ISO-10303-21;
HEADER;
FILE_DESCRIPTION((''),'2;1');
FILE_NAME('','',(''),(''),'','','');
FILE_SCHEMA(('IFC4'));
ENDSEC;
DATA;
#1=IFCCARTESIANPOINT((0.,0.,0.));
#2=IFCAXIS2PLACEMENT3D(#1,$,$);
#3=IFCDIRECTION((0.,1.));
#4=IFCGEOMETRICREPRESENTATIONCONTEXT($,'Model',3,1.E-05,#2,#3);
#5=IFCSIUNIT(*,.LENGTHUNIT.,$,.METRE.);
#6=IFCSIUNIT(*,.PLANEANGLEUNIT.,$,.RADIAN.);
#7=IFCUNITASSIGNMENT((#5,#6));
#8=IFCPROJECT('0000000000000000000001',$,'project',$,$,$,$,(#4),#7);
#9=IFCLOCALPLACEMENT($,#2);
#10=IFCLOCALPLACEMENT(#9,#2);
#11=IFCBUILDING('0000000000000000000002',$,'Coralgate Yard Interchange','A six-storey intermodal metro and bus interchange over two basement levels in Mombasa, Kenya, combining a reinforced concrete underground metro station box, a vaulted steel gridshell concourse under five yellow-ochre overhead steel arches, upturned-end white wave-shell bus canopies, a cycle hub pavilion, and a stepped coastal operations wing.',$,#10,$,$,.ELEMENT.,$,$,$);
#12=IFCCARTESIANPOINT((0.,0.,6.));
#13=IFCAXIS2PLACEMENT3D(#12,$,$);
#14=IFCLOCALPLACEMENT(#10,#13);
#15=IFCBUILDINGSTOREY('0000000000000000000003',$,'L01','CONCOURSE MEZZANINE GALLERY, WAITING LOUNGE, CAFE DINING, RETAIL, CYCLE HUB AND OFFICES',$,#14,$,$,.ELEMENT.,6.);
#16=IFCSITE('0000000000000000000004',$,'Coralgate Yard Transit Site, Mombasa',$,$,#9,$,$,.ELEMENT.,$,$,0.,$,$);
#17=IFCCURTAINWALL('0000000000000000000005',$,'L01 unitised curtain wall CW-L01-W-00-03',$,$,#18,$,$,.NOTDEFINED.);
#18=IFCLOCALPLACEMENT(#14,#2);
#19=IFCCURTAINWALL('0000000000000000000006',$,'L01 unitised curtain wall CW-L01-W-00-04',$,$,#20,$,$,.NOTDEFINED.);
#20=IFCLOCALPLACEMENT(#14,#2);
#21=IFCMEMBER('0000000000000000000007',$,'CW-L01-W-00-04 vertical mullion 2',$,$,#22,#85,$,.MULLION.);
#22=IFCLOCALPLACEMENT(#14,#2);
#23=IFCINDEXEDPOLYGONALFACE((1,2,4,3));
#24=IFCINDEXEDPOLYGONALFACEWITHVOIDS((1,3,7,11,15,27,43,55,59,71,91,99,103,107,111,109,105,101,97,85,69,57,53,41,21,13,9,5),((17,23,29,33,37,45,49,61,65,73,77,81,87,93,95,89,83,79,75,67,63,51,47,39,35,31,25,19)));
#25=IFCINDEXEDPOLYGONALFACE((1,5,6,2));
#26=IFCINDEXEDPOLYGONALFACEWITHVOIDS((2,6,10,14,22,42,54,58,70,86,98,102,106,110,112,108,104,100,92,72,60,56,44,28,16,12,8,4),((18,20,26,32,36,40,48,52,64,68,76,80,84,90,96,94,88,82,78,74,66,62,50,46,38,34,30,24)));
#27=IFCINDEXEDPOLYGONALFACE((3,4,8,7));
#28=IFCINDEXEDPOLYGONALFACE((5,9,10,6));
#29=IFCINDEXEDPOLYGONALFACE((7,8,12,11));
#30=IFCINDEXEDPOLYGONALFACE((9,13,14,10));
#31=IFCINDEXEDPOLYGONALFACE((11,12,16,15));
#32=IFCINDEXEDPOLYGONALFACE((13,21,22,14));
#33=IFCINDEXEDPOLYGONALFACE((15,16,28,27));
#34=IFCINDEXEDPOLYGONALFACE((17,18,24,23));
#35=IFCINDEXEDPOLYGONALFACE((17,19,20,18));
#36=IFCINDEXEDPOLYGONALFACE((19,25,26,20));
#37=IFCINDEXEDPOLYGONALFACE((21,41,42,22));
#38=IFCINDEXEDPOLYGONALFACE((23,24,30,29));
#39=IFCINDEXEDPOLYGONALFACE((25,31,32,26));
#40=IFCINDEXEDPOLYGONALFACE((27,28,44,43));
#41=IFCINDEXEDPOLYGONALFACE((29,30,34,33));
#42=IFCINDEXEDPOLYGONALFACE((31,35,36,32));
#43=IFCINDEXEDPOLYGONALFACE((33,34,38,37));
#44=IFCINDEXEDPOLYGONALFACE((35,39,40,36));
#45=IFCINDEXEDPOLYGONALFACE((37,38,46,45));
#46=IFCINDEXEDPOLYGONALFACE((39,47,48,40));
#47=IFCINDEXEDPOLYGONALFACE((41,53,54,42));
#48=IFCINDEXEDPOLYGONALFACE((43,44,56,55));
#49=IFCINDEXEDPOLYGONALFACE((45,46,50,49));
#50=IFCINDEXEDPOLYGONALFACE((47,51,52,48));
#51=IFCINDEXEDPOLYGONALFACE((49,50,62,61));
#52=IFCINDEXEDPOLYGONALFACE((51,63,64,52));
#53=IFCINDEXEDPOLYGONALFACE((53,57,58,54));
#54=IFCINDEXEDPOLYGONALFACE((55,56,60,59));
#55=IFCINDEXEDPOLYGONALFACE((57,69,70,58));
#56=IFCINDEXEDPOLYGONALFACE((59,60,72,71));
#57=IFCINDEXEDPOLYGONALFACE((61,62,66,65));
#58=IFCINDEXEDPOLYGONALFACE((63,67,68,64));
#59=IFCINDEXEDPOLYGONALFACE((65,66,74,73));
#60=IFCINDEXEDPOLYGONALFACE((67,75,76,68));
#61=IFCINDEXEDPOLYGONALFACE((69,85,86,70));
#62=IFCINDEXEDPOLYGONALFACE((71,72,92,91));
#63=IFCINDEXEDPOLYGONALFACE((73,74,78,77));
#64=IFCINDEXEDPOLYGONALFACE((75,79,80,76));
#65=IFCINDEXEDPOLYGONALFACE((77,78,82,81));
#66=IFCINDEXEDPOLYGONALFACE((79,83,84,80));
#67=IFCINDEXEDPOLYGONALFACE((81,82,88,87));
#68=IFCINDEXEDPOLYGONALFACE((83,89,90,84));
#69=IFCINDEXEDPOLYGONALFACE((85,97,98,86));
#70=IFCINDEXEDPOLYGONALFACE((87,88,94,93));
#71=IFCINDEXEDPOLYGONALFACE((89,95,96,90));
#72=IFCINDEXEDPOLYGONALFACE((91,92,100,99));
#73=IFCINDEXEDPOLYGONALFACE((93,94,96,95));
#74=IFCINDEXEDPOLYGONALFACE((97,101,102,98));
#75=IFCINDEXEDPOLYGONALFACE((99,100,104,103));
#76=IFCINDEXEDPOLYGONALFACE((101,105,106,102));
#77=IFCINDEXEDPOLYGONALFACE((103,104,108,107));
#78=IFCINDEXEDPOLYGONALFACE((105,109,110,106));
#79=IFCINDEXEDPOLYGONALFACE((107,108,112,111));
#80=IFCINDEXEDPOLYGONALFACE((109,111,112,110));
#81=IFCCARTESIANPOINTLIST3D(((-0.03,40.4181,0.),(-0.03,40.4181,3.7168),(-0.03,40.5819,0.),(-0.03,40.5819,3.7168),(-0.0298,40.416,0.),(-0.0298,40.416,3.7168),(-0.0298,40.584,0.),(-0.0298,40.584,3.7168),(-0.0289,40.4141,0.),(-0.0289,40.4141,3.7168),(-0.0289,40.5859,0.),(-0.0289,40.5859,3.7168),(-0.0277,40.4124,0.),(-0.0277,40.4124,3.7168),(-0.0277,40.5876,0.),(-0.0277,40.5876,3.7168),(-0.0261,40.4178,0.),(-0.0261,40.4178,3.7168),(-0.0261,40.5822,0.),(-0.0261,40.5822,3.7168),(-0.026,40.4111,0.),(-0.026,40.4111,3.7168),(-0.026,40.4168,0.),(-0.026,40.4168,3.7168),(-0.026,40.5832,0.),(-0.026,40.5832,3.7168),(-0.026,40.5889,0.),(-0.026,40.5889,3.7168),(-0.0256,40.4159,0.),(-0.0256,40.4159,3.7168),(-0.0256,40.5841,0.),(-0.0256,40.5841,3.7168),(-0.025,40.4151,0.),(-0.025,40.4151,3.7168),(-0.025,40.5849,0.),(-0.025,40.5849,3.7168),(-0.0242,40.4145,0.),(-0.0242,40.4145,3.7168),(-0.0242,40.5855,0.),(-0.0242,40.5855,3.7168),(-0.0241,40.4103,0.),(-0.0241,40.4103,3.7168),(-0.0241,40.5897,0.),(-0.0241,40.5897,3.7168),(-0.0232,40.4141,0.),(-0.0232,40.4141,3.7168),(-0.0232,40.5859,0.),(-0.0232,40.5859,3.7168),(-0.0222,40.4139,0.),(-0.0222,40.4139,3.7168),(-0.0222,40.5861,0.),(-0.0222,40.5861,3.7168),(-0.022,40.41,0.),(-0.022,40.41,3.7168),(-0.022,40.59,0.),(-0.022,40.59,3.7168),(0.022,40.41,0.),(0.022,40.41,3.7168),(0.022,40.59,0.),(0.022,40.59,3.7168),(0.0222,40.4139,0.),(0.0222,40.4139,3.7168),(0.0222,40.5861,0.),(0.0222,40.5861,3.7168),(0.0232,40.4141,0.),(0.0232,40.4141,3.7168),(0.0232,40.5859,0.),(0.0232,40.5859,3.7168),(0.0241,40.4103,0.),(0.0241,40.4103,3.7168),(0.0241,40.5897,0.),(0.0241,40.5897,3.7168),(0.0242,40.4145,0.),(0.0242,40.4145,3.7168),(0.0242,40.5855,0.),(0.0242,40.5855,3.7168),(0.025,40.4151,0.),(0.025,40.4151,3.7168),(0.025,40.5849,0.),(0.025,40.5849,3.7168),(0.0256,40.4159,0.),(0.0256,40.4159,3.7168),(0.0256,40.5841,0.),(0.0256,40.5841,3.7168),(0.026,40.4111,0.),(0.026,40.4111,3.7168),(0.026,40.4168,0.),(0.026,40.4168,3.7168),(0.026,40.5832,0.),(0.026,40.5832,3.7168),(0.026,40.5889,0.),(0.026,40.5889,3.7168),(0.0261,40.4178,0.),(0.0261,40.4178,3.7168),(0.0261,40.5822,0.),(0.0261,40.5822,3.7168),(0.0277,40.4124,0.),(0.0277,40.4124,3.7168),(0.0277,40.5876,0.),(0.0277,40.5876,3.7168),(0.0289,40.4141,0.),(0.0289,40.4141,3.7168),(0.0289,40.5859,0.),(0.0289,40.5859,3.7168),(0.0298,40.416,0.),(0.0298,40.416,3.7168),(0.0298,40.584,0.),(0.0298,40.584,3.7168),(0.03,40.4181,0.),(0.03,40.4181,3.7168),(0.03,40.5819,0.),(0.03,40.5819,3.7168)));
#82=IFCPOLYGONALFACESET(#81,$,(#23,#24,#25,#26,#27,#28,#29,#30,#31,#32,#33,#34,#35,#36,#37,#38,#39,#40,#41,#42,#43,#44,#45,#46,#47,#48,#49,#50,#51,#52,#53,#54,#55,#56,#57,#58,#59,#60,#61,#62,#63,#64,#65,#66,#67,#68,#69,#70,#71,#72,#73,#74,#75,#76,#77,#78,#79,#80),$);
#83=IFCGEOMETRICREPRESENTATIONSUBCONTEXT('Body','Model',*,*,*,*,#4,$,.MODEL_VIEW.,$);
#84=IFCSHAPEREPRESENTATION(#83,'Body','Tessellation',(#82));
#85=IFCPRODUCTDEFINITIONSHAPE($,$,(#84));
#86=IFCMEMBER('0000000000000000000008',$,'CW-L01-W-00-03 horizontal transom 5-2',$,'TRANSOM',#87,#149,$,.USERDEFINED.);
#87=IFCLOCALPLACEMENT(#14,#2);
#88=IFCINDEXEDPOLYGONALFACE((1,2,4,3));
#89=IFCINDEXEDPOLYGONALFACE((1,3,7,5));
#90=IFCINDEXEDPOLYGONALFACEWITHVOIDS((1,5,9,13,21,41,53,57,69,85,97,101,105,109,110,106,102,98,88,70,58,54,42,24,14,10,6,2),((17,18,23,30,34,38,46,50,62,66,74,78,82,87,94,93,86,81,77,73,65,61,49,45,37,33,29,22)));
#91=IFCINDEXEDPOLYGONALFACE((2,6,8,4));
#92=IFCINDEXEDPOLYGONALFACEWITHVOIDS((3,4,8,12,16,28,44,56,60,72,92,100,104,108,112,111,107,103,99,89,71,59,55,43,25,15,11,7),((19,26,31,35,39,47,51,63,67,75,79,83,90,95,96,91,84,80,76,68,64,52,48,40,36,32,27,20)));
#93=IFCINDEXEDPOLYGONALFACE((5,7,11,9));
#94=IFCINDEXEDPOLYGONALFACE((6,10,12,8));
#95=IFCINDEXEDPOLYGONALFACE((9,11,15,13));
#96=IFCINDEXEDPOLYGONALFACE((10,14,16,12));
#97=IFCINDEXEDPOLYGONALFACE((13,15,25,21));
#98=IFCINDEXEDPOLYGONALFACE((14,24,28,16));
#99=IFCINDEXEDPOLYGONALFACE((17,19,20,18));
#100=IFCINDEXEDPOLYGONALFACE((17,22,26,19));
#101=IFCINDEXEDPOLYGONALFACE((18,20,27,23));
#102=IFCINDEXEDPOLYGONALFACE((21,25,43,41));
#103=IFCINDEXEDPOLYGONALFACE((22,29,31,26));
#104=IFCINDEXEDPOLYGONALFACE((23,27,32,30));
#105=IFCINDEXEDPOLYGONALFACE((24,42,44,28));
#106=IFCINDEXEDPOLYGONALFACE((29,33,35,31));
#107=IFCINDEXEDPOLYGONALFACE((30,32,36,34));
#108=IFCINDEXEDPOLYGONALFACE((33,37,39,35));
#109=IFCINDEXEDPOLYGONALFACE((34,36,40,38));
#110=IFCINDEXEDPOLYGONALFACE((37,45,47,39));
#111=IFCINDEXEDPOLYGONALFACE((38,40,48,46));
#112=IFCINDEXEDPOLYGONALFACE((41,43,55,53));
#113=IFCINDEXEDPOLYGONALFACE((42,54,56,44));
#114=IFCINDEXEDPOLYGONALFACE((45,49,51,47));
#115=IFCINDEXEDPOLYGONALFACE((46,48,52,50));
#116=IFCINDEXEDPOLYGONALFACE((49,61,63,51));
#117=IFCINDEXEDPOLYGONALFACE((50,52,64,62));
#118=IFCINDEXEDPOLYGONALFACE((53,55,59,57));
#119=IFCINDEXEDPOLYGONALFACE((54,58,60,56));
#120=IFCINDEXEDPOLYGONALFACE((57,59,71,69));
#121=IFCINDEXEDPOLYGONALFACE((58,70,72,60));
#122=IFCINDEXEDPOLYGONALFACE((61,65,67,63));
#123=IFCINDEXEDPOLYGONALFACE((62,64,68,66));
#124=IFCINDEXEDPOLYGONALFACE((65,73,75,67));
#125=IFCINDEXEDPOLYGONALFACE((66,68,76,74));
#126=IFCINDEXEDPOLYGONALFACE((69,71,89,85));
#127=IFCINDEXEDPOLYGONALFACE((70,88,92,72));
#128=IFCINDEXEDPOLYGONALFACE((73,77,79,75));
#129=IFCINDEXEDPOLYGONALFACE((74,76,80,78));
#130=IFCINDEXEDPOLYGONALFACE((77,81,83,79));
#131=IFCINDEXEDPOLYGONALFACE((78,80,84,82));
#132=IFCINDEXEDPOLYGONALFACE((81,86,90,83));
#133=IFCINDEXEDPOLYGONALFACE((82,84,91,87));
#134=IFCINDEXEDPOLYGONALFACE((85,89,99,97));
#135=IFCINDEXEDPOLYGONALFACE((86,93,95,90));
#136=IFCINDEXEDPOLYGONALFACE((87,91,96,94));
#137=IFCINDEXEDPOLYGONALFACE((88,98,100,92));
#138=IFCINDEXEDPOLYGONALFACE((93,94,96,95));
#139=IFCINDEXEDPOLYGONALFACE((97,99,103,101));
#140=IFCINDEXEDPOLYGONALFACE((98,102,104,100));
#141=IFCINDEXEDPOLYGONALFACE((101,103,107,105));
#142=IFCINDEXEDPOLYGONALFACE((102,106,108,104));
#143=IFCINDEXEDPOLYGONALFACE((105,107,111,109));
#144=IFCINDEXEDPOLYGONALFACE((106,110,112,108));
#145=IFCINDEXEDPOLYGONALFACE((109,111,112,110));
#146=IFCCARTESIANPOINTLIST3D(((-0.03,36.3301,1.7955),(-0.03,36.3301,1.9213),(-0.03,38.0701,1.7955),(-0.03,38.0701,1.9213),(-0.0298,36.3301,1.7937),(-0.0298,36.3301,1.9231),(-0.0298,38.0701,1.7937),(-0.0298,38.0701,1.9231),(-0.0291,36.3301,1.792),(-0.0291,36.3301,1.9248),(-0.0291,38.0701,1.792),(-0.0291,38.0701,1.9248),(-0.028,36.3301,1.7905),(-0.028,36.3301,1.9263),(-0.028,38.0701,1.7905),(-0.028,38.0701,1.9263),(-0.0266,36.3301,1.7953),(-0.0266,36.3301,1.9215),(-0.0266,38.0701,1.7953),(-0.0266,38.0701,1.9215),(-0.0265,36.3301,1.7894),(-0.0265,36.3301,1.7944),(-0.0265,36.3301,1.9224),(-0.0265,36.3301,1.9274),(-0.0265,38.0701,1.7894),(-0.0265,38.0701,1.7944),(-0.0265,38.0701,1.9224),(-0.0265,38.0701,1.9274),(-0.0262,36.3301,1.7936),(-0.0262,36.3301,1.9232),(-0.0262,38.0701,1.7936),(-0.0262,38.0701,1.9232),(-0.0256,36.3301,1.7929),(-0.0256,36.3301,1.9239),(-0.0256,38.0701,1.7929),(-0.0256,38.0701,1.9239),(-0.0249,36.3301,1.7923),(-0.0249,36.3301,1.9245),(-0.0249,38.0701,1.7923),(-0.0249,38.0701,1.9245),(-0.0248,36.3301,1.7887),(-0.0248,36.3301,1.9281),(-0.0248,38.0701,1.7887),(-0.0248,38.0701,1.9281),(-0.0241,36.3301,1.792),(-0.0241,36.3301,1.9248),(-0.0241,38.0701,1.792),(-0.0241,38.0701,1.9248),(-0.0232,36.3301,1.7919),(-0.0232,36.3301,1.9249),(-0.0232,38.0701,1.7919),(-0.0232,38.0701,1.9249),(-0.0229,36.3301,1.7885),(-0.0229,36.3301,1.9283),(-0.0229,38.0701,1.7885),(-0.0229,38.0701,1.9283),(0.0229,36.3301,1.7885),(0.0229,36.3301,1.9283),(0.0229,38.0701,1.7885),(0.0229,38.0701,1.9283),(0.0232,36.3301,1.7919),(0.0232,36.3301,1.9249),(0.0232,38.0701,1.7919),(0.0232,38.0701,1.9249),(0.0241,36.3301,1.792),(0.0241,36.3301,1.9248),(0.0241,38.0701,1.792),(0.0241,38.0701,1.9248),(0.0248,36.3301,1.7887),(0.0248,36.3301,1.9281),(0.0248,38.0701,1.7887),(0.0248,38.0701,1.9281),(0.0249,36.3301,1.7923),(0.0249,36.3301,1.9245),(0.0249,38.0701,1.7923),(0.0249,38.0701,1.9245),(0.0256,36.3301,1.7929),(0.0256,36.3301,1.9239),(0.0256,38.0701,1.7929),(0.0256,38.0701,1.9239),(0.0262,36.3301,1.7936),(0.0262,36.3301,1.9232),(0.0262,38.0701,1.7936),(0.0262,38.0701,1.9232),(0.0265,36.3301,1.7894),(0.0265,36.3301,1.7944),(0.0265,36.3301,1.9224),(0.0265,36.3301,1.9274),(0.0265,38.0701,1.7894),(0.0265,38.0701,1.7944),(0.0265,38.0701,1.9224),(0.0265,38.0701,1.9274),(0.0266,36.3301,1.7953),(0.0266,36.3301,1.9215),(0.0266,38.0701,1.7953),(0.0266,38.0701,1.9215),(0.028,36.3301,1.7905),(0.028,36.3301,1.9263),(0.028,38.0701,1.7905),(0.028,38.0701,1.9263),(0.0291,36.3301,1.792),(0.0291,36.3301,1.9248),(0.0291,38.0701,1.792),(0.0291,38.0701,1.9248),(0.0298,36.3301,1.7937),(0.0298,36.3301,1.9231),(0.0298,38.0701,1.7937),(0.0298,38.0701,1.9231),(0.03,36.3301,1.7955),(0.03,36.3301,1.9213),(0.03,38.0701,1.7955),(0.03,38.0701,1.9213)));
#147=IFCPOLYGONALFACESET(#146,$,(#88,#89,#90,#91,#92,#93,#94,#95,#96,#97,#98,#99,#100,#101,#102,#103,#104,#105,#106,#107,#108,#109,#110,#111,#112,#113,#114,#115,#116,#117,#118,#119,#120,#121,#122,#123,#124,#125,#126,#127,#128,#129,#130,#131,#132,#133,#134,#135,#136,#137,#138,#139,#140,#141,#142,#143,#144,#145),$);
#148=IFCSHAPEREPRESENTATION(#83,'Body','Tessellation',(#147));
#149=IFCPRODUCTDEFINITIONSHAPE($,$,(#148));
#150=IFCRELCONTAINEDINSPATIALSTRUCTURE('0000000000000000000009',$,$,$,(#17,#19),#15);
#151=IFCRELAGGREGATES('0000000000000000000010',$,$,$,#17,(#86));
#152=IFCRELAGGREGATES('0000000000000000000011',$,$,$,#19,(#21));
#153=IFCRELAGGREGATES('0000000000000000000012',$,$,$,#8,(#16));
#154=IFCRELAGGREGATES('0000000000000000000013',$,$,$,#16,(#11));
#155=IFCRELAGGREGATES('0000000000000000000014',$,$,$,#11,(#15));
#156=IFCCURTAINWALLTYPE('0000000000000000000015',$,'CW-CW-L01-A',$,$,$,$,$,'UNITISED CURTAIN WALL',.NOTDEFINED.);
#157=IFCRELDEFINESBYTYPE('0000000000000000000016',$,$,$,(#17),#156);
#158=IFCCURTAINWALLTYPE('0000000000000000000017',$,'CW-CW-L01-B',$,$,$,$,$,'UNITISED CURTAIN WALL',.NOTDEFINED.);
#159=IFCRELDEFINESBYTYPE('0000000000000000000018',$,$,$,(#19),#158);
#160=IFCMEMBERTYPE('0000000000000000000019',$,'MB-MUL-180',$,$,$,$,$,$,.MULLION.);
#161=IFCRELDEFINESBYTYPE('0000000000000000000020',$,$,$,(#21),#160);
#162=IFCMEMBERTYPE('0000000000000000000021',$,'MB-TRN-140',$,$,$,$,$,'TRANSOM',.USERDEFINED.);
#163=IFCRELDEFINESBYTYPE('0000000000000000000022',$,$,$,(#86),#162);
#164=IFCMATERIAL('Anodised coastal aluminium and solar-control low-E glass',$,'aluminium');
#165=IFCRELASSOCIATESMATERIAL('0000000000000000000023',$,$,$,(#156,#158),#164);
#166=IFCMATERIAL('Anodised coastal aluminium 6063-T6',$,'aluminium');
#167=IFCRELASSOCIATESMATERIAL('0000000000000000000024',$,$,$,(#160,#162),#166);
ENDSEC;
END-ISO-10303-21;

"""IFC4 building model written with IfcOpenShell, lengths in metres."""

from ifc_helpers import new_model, si_unit, direction, frame, origin, origin_2d, place, context, subcontext, project, spatial, hollow_rectangle, extrude, material, material_profile, profile_set, type_object, element, aggregate, save


model = new_model("IFC4")

# Units and contexts
model_context = context("Model", 3, precision=1e-05, world=origin(), true_north=direction((0.0, 1.0)))
body_context = subcontext(model_context, "Body", "Model", "MODEL_VIEW")
ifc_project = project(units=[si_unit("LENGTHUNIT", "METRE"), si_unit("PLANEANGLEUNIT", "RADIAN")], contexts=[model_context])

# Site, building, storey
site_placement = place(None, origin())
site = spatial("IfcSite", under=ifc_project, at=site_placement, Name="Coralgate Yard Transit Site, Mombasa", CompositionType="ELEMENT", RefElevation=0.0)
building_placement = place(site_placement, origin())
building = spatial("IfcBuilding", under=site, at=building_placement, Name="Coralgate Yard Interchange", Description="A six-storey intermodal metro and bus interchange over two basement levels in Mombasa, Kenya, combining a reinforced concrete underground metro station box, a vaulted steel gridshell concourse under five yellow-ochre overhead steel arches, upturned-end white wave-shell bus canopies, a cycle hub pavilion, and a stepped coastal operations wing.", CompositionType="ELEMENT")
storey_placement = place(building_placement, frame((0.0, 0.0, 6.0)))
storey = spatial("IfcBuildingStorey", under=building, at=storey_placement, Name="L01", Description="CONCOURSE MEZZANINE GALLERY, WAITING LOUNGE, CAFE DINING, RETAIL, CYCLE HUB AND OFFICES", CompositionType="ELEMENT", Elevation=6.0)

# Curtain wall
ifc_material_1 = material(Name="Anodised coastal aluminium and solar-control low-E glass", Category="aluminium")
curtain_wall_type_1 = type_object("IfcCurtainWallType", Name="CW-CW-L01-A", ElementType="UNITISED CURTAIN WALL", PredefinedType="NOTDEFINED", material=ifc_material_1)
curtain_wall_1_placement = place(storey_placement, origin())
curtain_wall_1 = element("IfcCurtainWall", 1, at=curtain_wall_1_placement, inside=storey, type_object=curtain_wall_type_1, Name="L01 unitised curtain wall CW-L01-W-00-03", PredefinedType="NOTDEFINED")
ifc_material_2 = material(Name="Anodised coastal aluminium 6063-T6", Category="aluminium")
ifc_material_profile_1 = material_profile(ifc_material_2, hollow_rectangle(XDim=0.0601, YDim=0.1799, WallThickness=0.0039, InnerFilletRadius=0.0039, OuterFilletRadius=0.0081, at=origin_2d()), Name="ALU 60x180x4")
ifc_profile_set_1 = profile_set([ifc_material_profile_1], Name="Anodised coastal aluminium 6063-T6")
member_type_1 = type_object("IfcMemberType", Name="MB-MUL-180", PredefinedType="MULLION", material=ifc_profile_set_1)

# Curtain wall, member
curtain_wall_type_2 = type_object("IfcCurtainWallType", Name="CW-CW-L01-B", ElementType="UNITISED CURTAIN WALL", PredefinedType="NOTDEFINED", material=ifc_material_1)
curtain_wall_2_placement = place(storey_placement, origin())
curtain_wall_2 = element("IfcCurtainWall", 2, at=curtain_wall_2_placement, inside=storey, type_object=curtain_wall_type_2, Name="L01 unitised curtain wall CW-L01-W-00-04", PredefinedType="NOTDEFINED")
member_1_placement = place(storey_placement, frame((0.0, 40.5, 0.0), z_axis=(0.0, 0.0, 1.0), x_axis=(1.0, 0.0, 0.0)))
member_1 = element("IfcMember", 3, at=member_1_placement, type_object=member_type_1, Name="CW-L01-W-00-04 vertical mullion 2", PredefinedType="MULLION", context=body_context, shape_type="SweptSolid", body=[
    extrude(hollow_rectangle(XDim=0.0601, YDim=0.1799, WallThickness=0.0039, InnerFilletRadius=0.0039, OuterFilletRadius=0.0081, at=origin_2d()), origin(), (0.0, 0.0, 1.0), 3.7168),
])

# Member
ifc_material_profile_2 = material_profile(ifc_material_2, hollow_rectangle(XDim=0.0601, YDim=0.1399, WallThickness=0.0034, InnerFilletRadius=0.0034, OuterFilletRadius=0.0071, at=origin_2d()), Name="ALU 60x140x3.5")
ifc_profile_set_2 = profile_set([ifc_material_profile_2], Name="Anodised coastal aluminium 6063-T6")
member_type_2 = type_object("IfcMemberType", Name="MB-TRN-140", ElementType="TRANSOM", PredefinedType="USERDEFINED", material=ifc_profile_set_2)
member_2_placement = place(storey_placement, frame((0.0, 36.3301, 1.8584), z_axis=(0.0, 1.0, 0.0), x_axis=(-1.0, 0.0, 0.0)))
member_2 = element("IfcMember", 4, at=member_2_placement, type_object=member_type_2, Name="CW-L01-W-00-03 horizontal transom 5-2", ObjectType="TRANSOM", PredefinedType="USERDEFINED", context=body_context, shape_type="SweptSolid", body=[
    extrude(hollow_rectangle(XDim=0.0601, YDim=0.1399, WallThickness=0.0034, InnerFilletRadius=0.0034, OuterFilletRadius=0.0071, at=origin_2d()), origin(), (0.0, 0.0, 1.0), 1.74),
])

aggregate(curtain_wall_1, [member_2])
aggregate(curtain_wall_2, [member_1])

save(model, "model.ifc")
